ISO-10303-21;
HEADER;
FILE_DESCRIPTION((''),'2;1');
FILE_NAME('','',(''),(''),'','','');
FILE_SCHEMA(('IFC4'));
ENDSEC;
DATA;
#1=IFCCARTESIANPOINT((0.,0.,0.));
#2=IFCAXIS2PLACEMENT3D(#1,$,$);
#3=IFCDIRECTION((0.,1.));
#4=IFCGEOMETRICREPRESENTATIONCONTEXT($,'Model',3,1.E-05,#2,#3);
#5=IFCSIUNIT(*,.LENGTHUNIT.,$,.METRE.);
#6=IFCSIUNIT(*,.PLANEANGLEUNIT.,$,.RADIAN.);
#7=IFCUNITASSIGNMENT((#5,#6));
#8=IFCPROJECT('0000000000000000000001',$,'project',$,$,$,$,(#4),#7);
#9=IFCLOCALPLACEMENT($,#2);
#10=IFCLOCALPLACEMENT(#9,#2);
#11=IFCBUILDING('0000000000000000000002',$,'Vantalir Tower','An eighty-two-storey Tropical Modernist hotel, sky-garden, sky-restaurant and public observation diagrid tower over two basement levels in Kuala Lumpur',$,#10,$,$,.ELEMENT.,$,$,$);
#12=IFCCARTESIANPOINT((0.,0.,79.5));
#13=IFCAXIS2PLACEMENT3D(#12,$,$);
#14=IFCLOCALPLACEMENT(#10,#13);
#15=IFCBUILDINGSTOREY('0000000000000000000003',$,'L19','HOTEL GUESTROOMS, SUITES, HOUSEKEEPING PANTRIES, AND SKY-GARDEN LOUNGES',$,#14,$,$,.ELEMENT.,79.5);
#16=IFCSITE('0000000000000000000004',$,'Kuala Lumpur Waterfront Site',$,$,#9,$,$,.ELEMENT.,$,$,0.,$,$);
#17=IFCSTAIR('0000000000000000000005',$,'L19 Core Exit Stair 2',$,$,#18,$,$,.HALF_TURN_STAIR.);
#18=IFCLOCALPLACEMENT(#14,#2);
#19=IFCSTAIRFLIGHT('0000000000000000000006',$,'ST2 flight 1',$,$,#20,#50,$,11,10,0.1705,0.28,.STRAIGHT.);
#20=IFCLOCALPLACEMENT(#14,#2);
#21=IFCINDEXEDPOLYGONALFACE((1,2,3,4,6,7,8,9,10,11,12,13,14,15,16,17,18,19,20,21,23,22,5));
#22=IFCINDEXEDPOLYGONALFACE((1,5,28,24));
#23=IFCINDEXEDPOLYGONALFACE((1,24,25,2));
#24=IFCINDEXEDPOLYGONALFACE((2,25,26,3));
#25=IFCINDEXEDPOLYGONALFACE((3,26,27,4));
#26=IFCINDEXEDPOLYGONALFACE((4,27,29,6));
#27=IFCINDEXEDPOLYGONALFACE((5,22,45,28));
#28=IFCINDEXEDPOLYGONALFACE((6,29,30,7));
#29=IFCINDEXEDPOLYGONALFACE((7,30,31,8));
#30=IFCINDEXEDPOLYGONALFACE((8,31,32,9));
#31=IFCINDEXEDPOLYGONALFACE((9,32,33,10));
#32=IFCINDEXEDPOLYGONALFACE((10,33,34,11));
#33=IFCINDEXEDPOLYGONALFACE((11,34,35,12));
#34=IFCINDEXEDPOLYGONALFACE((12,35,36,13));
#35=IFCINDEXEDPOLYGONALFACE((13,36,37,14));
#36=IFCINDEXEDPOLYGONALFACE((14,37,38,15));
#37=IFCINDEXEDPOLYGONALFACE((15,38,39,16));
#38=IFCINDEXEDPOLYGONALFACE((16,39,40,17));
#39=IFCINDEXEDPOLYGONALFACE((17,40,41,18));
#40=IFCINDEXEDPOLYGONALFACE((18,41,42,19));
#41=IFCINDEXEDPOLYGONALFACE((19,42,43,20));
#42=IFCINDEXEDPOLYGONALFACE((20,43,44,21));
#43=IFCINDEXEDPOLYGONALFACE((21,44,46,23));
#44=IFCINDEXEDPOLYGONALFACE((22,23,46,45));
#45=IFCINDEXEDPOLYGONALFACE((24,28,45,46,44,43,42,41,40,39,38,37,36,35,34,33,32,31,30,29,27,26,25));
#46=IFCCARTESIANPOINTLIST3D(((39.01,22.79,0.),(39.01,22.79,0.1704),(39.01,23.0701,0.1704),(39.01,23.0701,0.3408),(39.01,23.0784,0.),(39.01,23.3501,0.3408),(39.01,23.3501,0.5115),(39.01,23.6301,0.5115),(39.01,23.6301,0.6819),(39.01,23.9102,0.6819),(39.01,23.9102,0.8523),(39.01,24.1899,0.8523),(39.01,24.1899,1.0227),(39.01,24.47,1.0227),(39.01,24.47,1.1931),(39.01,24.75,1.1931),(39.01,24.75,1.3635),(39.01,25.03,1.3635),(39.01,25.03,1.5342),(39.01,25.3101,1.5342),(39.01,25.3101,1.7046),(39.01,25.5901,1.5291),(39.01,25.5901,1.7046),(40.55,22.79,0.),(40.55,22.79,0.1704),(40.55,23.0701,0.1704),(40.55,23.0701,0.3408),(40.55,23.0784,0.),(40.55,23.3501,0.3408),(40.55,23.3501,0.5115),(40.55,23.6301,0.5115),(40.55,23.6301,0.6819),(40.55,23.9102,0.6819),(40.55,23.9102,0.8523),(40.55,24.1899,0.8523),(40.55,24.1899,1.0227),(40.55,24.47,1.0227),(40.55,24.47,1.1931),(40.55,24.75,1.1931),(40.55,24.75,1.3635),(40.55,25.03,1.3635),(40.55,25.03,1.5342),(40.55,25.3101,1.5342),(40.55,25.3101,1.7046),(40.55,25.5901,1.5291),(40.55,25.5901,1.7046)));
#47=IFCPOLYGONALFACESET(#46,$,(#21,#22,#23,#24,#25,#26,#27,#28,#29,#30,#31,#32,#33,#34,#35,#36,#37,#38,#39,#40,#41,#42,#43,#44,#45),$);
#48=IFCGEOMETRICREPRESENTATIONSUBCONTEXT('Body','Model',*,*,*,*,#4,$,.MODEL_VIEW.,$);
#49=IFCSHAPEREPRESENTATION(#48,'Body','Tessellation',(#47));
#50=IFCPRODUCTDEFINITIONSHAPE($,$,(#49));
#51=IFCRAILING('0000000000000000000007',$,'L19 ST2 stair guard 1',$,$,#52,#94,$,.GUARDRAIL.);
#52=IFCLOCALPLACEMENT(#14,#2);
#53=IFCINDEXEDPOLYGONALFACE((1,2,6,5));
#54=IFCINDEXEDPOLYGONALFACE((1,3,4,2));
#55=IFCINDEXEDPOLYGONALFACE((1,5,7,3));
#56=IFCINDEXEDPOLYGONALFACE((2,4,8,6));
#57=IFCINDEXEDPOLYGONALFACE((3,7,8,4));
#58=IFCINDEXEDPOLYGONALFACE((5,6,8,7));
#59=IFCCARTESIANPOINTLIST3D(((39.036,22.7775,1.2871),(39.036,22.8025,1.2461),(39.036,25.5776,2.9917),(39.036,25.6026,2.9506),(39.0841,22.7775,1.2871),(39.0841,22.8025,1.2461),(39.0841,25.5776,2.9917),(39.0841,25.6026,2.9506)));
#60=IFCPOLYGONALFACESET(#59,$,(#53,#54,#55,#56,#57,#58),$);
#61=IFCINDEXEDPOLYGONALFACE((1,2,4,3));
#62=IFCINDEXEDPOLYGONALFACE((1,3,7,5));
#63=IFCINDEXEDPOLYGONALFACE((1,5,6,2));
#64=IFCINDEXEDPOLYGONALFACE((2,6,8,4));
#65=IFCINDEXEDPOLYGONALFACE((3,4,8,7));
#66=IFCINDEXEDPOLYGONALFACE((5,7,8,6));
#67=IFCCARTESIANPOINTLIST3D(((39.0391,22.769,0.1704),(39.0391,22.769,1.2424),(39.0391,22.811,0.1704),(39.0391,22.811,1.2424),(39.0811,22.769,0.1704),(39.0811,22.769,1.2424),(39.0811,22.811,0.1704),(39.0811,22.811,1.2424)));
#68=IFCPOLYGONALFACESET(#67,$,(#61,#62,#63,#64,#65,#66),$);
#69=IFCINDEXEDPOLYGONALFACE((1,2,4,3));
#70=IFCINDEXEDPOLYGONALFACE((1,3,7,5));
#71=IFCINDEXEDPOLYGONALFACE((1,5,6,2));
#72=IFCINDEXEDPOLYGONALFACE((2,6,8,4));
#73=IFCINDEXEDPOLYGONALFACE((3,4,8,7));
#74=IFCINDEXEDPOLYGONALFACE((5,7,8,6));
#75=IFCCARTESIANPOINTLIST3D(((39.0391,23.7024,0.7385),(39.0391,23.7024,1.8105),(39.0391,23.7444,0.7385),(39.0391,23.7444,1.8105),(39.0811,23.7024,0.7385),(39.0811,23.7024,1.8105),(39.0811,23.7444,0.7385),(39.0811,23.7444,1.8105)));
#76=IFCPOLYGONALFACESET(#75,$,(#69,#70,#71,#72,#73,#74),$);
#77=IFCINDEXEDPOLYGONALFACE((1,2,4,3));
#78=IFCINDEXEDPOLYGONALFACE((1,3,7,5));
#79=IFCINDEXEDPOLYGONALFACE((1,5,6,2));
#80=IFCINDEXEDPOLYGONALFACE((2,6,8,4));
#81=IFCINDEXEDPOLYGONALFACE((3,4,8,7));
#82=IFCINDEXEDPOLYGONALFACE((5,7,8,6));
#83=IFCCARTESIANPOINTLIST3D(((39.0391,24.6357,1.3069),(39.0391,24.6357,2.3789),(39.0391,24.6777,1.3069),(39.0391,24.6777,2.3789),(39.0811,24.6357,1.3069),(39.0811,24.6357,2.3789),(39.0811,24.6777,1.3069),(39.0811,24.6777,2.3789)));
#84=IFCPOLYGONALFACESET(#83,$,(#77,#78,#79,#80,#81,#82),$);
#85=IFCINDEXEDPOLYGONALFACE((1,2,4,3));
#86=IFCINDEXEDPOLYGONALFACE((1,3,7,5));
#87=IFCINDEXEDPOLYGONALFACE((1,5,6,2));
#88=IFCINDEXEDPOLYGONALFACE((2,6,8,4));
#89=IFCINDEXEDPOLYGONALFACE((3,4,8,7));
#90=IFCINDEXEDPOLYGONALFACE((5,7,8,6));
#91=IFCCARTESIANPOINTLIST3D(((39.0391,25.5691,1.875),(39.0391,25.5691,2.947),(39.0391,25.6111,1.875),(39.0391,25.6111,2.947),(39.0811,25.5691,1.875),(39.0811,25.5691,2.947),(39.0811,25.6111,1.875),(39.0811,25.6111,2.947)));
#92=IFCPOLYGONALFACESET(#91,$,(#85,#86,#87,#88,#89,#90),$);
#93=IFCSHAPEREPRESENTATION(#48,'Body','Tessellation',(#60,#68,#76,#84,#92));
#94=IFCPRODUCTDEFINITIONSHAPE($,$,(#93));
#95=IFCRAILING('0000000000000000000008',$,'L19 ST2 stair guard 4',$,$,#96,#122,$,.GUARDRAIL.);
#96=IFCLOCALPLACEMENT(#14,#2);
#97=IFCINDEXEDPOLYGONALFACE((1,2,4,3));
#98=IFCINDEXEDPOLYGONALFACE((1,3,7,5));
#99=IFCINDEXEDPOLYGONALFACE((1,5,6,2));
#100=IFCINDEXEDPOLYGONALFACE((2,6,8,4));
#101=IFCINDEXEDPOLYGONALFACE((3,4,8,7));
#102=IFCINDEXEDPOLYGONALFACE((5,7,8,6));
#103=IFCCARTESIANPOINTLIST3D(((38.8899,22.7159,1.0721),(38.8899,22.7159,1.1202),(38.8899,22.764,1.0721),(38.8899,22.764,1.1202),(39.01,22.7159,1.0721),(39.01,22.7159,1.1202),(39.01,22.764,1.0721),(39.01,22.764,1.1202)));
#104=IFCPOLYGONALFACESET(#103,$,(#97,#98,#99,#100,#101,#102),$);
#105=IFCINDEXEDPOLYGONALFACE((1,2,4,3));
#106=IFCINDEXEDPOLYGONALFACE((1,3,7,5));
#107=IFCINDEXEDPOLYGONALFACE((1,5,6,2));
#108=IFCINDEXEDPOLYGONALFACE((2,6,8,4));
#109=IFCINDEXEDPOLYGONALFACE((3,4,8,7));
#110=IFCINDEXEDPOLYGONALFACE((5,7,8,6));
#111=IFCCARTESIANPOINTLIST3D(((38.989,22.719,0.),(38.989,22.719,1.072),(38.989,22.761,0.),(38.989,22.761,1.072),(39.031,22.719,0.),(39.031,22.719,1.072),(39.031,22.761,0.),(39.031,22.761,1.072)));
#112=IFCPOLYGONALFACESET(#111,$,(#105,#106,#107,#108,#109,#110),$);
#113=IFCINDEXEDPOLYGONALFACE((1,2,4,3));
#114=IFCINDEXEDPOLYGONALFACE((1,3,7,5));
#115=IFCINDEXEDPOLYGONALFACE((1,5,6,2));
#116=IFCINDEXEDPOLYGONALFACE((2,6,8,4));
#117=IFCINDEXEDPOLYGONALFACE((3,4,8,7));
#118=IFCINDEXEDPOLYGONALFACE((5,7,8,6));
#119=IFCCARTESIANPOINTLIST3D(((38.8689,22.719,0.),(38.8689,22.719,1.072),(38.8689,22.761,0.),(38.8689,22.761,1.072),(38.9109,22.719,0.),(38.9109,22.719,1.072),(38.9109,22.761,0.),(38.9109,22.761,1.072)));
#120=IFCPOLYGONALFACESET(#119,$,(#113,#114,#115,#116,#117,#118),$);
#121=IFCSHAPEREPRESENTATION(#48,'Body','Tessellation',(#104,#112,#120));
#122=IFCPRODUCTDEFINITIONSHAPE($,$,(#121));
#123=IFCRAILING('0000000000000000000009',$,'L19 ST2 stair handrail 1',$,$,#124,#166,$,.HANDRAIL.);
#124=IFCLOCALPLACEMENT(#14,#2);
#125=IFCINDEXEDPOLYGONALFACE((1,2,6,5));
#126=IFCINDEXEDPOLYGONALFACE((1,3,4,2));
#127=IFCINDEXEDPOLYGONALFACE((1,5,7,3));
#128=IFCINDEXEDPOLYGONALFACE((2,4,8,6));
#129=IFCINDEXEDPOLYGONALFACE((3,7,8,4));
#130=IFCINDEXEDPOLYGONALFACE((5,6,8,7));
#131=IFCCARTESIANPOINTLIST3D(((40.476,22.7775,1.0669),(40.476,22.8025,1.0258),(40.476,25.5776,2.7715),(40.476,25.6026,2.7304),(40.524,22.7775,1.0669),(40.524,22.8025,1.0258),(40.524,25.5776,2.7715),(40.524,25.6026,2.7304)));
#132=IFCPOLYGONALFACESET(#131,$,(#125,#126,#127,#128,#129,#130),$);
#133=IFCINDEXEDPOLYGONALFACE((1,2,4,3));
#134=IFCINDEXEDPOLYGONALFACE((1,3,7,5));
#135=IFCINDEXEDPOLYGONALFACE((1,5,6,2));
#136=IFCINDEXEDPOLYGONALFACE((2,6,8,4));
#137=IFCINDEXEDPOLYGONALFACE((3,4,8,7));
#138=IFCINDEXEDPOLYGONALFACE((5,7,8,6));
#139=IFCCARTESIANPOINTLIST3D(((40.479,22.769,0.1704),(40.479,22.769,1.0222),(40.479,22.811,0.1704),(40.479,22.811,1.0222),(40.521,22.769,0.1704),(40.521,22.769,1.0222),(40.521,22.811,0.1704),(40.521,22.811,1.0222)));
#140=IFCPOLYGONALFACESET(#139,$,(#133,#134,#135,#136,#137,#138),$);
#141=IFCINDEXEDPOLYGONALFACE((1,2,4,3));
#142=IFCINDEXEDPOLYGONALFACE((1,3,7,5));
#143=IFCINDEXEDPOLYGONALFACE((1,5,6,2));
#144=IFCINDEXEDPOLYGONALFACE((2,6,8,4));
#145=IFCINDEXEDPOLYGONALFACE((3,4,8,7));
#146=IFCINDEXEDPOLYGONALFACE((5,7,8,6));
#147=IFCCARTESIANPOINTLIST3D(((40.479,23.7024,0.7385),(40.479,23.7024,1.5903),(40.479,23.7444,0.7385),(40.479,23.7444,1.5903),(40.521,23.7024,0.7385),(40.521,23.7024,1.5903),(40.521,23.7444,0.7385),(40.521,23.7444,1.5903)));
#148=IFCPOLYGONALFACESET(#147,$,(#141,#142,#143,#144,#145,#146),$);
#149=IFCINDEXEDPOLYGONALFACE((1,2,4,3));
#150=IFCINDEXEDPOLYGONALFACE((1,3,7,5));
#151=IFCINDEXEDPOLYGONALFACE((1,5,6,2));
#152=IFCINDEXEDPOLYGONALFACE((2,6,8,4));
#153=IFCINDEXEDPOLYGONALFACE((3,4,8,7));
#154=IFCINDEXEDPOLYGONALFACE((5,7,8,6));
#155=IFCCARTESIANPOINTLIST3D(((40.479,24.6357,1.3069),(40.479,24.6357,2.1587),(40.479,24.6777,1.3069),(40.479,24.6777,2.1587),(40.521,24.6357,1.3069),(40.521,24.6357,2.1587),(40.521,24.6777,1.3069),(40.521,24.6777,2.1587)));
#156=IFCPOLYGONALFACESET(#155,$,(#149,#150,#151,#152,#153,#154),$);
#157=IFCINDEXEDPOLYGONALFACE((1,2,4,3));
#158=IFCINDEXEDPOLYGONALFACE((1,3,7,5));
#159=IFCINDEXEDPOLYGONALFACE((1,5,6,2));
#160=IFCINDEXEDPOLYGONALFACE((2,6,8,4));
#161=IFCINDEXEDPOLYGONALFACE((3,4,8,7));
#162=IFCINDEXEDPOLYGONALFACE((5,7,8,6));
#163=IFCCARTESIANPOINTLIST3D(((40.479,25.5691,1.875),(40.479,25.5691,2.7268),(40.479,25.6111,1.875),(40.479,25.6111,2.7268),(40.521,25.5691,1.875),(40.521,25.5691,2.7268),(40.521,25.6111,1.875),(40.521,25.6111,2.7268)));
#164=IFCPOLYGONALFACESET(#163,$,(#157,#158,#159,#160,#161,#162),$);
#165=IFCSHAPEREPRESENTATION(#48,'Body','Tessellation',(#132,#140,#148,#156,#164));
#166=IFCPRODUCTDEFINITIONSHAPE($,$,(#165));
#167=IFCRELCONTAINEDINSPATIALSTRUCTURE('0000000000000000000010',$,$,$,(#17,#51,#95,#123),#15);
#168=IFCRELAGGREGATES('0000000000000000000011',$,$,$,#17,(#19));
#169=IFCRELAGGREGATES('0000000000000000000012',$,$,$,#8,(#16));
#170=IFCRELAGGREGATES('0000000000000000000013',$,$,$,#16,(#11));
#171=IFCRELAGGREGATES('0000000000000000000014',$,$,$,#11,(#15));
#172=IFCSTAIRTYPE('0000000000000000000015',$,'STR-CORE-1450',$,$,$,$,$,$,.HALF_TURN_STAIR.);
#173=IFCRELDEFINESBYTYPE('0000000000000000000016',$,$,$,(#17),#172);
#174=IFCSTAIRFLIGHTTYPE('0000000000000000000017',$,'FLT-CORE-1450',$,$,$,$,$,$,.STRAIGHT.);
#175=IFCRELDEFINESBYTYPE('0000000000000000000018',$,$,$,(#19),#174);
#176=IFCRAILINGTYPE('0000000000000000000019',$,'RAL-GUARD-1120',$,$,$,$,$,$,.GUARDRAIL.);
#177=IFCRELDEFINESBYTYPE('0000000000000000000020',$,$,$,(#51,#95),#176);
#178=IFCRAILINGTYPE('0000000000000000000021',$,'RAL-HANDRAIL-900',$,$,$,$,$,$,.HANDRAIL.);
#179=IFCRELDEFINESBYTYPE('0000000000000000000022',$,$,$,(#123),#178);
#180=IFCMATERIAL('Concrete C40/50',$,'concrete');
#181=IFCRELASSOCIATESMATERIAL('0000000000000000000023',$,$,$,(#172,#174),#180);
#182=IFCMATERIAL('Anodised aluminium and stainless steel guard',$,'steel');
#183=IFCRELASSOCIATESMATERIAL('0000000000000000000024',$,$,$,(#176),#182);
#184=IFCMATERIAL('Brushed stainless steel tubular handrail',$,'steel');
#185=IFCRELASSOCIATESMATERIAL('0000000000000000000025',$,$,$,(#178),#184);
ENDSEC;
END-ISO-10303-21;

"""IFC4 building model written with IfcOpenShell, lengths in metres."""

from ifc_helpers import new_model, si_unit, direction, frame, origin, origin_2d, place, context, subcontext, project, spatial, polyline, rectangle, outline, extrude, material, type_object, element, aggregate, save


model = new_model("IFC4")

# Units and contexts
model_context = context("Model", 3, precision=1e-05, world=origin(), true_north=direction((0.0, 1.0)))
body_context = subcontext(model_context, "Body", "Model", "MODEL_VIEW")
ifc_project = project(units=[si_unit("LENGTHUNIT", "METRE"), si_unit("PLANEANGLEUNIT", "RADIAN")], contexts=[model_context])

# Site, building, storey
site_placement = place(None, origin())
site = spatial("IfcSite", under=ifc_project, at=site_placement, Name="Kuala Lumpur Waterfront Site", CompositionType="ELEMENT", RefElevation=0.0)
building_placement = place(site_placement, origin())
building = spatial("IfcBuilding", under=site, at=building_placement, Name="Vantalir Tower", Description="An eighty-two-storey Tropical Modernist hotel, sky-garden, sky-restaurant and public observation diagrid tower over two basement levels in Kuala Lumpur", CompositionType="ELEMENT")
storey_placement = place(building_placement, frame((0.0, 0.0, 79.5)))
storey = spatial("IfcBuildingStorey", under=building, at=storey_placement, Name="L19", Description="HOTEL GUESTROOMS, SUITES, HOUSEKEEPING PANTRIES, AND SKY-GARDEN LOUNGES", CompositionType="ELEMENT", Elevation=79.5)

# Stair, stair flight
ifc_material_1 = material(Name="Concrete C40/50", Category="concrete")
stair_type = type_object("IfcStairType", Name="STR-CORE-1450", PredefinedType="HALF_TURN_STAIR", material=ifc_material_1)
stair_placement = place(storey_placement, origin())
stair = element("IfcStair", 1, at=stair_placement, inside=storey, type_object=stair_type, Name="L19 Core Exit Stair 2", PredefinedType="HALF_TURN_STAIR")
stair_flight_type = type_object("IfcStairFlightType", Name="FLT-CORE-1450", PredefinedType="STRAIGHT", material=ifc_material_1)
stair_flight_placement = place(storey_placement, frame((39.78, 22.79, 0.0), z_axis=(0.0, 0.0, 1.0), x_axis=(0.0, 1.0, 0.0)))
stair_flight = element("IfcStairFlight", 2, at=stair_flight_placement, type_object=stair_flight_type, Name="ST2 flight 1", NumberOfRisers=11, NumberOfTreads=10, PredefinedType="STRAIGHT", RiserHeight=0.1705, TreadLength=0.28, context=body_context, shape_type="SweptSolid", body=[
    extrude(outline(polyline([(0.0, 0.0), (0.0, 0.1704), (0.28, 0.1704), (0.28, 0.3408), (0.5601, 0.3408), (0.5601, 0.5115), (0.8401, 0.5115), (0.8401, 0.6819), (1.1201, 0.6819), (1.1201, 0.8523), (1.3999, 0.8523), (1.3999, 1.0227), (1.6799, 1.0227), (1.6799, 1.1931), (1.96, 1.1931), (1.96, 1.3635), (2.24, 1.3635), (2.24, 1.5342), (2.52, 1.5342), (2.52, 1.7046), (2.8, 1.7046), (2.8, 1.875), (2.8, 1.5291), (0.2883, 0.0), (0.0, 0.0)])), frame((0.0, 0.77, 0.0), z_axis=(0.0, -1.0, 0.0), x_axis=(1.0, 0.0, 0.0)), (0.0, 0.0, 1.0), 1.54),
])
aggregate(stair, [stair_flight])

# Railings
ifc_material_2 = material(Name="Anodised aluminium and stainless steel guard", Category="steel")
railing_type_1 = type_object("IfcRailingType", Name="RAL-GUARD-1120", PredefinedType="GUARDRAIL", material=ifc_material_2)
railing_1_placement = place(storey_placement, frame((39.0601, 22.79, 0.1704)))
element("IfcRailing", 3, at=railing_1_placement, inside=storey, type_object=railing_type_1, Name="L19 ST2 stair guard 1", PredefinedType="GUARDRAIL", context=body_context, shape_type="SweptSolid", body=[
    extrude(rectangle(XDim=0.0481, YDim=0.0481, at=origin_2d()), frame((0.0, 0.0, 1.0962), z_axis=(0.0, 0.85417, 0.519994), x_axis=(-1.0, 0.0, 0.0)), (0.0, 0.0, 1.0), 3.2781),
    extrude(rectangle(XDim=0.042, YDim=0.042, at=origin_2d()), origin(), (0.0, 0.0, 1.0), 1.072),
    extrude(rectangle(XDim=0.042, YDim=0.042, at=origin_2d()), frame((0.0, 0.9333, 0.5681)), (0.0, 0.0, 1.0), 1.072),
    extrude(rectangle(XDim=0.042, YDim=0.042, at=origin_2d()), frame((0.0, 1.8667, 1.1365)), (0.0, 0.0, 1.0), 1.072),
    extrude(rectangle(XDim=0.042, YDim=0.042, at=origin_2d()), frame((0.0, 2.8, 1.7046)), (0.0, 0.0, 1.0), 1.072),
])
railing_2_placement = place(storey_placement, frame((39.01, 22.74, 0.0)))
element("IfcRailing", 4, at=railing_2_placement, inside=storey, type_object=railing_type_1, Name="L19 ST2 stair guard 4", PredefinedType="GUARDRAIL", context=body_context, shape_type="SweptSolid", body=[
    extrude(rectangle(XDim=0.0481, YDim=0.0481, at=origin_2d()), frame((0.0, 0.0, 1.0962), z_axis=(-1.0, 0.0, 0.0), x_axis=(0.0, -1.0, 0.0)), (0.0, 0.0, 1.0), 0.1201),
    extrude(rectangle(XDim=0.042, YDim=0.042, at=origin_2d()), origin(), (0.0, 0.0, 1.0), 1.072),
    extrude(rectangle(XDim=0.042, YDim=0.042, at=origin_2d()), frame((-0.1201, 0.0, 0.0)), (0.0, 0.0, 1.0), 1.072),
])
ifc_material_3 = material(Name="Brushed stainless steel tubular handrail", Category="steel")
railing_type_2 = type_object("IfcRailingType", Name="RAL-HANDRAIL-900", PredefinedType="HANDRAIL", material=ifc_material_3)
railing_3_placement = place(storey_placement, frame((40.5, 22.79, 0.1704)))
element("IfcRailing", 5, at=railing_3_placement, inside=storey, type_object=railing_type_2, Name="L19 ST2 stair handrail 1", PredefinedType="HANDRAIL", context=body_context, shape_type="SweptSolid", body=[
    extrude(rectangle(XDim=0.0481, YDim=0.0481, at=origin_2d()), frame((0.0, 0.0, 0.876), z_axis=(0.0, 0.85417, 0.519994), x_axis=(-1.0, 0.0, 0.0)), (0.0, 0.0, 1.0), 3.2781),
    extrude(rectangle(XDim=0.042, YDim=0.042, at=origin_2d()), origin(), (0.0, 0.0, 1.0), 0.8518),
    extrude(rectangle(XDim=0.042, YDim=0.042, at=origin_2d()), frame((0.0, 0.9333, 0.5681)), (0.0, 0.0, 1.0), 0.8518),
    extrude(rectangle(XDim=0.042, YDim=0.042, at=origin_2d()), frame((0.0, 1.8667, 1.1365)), (0.0, 0.0, 1.0), 0.8518),
    extrude(rectangle(XDim=0.042, YDim=0.042, at=origin_2d()), frame((0.0, 2.8, 1.7046)), (0.0, 0.0, 1.0), 0.8518),
])

save(model, "model.ifc")
